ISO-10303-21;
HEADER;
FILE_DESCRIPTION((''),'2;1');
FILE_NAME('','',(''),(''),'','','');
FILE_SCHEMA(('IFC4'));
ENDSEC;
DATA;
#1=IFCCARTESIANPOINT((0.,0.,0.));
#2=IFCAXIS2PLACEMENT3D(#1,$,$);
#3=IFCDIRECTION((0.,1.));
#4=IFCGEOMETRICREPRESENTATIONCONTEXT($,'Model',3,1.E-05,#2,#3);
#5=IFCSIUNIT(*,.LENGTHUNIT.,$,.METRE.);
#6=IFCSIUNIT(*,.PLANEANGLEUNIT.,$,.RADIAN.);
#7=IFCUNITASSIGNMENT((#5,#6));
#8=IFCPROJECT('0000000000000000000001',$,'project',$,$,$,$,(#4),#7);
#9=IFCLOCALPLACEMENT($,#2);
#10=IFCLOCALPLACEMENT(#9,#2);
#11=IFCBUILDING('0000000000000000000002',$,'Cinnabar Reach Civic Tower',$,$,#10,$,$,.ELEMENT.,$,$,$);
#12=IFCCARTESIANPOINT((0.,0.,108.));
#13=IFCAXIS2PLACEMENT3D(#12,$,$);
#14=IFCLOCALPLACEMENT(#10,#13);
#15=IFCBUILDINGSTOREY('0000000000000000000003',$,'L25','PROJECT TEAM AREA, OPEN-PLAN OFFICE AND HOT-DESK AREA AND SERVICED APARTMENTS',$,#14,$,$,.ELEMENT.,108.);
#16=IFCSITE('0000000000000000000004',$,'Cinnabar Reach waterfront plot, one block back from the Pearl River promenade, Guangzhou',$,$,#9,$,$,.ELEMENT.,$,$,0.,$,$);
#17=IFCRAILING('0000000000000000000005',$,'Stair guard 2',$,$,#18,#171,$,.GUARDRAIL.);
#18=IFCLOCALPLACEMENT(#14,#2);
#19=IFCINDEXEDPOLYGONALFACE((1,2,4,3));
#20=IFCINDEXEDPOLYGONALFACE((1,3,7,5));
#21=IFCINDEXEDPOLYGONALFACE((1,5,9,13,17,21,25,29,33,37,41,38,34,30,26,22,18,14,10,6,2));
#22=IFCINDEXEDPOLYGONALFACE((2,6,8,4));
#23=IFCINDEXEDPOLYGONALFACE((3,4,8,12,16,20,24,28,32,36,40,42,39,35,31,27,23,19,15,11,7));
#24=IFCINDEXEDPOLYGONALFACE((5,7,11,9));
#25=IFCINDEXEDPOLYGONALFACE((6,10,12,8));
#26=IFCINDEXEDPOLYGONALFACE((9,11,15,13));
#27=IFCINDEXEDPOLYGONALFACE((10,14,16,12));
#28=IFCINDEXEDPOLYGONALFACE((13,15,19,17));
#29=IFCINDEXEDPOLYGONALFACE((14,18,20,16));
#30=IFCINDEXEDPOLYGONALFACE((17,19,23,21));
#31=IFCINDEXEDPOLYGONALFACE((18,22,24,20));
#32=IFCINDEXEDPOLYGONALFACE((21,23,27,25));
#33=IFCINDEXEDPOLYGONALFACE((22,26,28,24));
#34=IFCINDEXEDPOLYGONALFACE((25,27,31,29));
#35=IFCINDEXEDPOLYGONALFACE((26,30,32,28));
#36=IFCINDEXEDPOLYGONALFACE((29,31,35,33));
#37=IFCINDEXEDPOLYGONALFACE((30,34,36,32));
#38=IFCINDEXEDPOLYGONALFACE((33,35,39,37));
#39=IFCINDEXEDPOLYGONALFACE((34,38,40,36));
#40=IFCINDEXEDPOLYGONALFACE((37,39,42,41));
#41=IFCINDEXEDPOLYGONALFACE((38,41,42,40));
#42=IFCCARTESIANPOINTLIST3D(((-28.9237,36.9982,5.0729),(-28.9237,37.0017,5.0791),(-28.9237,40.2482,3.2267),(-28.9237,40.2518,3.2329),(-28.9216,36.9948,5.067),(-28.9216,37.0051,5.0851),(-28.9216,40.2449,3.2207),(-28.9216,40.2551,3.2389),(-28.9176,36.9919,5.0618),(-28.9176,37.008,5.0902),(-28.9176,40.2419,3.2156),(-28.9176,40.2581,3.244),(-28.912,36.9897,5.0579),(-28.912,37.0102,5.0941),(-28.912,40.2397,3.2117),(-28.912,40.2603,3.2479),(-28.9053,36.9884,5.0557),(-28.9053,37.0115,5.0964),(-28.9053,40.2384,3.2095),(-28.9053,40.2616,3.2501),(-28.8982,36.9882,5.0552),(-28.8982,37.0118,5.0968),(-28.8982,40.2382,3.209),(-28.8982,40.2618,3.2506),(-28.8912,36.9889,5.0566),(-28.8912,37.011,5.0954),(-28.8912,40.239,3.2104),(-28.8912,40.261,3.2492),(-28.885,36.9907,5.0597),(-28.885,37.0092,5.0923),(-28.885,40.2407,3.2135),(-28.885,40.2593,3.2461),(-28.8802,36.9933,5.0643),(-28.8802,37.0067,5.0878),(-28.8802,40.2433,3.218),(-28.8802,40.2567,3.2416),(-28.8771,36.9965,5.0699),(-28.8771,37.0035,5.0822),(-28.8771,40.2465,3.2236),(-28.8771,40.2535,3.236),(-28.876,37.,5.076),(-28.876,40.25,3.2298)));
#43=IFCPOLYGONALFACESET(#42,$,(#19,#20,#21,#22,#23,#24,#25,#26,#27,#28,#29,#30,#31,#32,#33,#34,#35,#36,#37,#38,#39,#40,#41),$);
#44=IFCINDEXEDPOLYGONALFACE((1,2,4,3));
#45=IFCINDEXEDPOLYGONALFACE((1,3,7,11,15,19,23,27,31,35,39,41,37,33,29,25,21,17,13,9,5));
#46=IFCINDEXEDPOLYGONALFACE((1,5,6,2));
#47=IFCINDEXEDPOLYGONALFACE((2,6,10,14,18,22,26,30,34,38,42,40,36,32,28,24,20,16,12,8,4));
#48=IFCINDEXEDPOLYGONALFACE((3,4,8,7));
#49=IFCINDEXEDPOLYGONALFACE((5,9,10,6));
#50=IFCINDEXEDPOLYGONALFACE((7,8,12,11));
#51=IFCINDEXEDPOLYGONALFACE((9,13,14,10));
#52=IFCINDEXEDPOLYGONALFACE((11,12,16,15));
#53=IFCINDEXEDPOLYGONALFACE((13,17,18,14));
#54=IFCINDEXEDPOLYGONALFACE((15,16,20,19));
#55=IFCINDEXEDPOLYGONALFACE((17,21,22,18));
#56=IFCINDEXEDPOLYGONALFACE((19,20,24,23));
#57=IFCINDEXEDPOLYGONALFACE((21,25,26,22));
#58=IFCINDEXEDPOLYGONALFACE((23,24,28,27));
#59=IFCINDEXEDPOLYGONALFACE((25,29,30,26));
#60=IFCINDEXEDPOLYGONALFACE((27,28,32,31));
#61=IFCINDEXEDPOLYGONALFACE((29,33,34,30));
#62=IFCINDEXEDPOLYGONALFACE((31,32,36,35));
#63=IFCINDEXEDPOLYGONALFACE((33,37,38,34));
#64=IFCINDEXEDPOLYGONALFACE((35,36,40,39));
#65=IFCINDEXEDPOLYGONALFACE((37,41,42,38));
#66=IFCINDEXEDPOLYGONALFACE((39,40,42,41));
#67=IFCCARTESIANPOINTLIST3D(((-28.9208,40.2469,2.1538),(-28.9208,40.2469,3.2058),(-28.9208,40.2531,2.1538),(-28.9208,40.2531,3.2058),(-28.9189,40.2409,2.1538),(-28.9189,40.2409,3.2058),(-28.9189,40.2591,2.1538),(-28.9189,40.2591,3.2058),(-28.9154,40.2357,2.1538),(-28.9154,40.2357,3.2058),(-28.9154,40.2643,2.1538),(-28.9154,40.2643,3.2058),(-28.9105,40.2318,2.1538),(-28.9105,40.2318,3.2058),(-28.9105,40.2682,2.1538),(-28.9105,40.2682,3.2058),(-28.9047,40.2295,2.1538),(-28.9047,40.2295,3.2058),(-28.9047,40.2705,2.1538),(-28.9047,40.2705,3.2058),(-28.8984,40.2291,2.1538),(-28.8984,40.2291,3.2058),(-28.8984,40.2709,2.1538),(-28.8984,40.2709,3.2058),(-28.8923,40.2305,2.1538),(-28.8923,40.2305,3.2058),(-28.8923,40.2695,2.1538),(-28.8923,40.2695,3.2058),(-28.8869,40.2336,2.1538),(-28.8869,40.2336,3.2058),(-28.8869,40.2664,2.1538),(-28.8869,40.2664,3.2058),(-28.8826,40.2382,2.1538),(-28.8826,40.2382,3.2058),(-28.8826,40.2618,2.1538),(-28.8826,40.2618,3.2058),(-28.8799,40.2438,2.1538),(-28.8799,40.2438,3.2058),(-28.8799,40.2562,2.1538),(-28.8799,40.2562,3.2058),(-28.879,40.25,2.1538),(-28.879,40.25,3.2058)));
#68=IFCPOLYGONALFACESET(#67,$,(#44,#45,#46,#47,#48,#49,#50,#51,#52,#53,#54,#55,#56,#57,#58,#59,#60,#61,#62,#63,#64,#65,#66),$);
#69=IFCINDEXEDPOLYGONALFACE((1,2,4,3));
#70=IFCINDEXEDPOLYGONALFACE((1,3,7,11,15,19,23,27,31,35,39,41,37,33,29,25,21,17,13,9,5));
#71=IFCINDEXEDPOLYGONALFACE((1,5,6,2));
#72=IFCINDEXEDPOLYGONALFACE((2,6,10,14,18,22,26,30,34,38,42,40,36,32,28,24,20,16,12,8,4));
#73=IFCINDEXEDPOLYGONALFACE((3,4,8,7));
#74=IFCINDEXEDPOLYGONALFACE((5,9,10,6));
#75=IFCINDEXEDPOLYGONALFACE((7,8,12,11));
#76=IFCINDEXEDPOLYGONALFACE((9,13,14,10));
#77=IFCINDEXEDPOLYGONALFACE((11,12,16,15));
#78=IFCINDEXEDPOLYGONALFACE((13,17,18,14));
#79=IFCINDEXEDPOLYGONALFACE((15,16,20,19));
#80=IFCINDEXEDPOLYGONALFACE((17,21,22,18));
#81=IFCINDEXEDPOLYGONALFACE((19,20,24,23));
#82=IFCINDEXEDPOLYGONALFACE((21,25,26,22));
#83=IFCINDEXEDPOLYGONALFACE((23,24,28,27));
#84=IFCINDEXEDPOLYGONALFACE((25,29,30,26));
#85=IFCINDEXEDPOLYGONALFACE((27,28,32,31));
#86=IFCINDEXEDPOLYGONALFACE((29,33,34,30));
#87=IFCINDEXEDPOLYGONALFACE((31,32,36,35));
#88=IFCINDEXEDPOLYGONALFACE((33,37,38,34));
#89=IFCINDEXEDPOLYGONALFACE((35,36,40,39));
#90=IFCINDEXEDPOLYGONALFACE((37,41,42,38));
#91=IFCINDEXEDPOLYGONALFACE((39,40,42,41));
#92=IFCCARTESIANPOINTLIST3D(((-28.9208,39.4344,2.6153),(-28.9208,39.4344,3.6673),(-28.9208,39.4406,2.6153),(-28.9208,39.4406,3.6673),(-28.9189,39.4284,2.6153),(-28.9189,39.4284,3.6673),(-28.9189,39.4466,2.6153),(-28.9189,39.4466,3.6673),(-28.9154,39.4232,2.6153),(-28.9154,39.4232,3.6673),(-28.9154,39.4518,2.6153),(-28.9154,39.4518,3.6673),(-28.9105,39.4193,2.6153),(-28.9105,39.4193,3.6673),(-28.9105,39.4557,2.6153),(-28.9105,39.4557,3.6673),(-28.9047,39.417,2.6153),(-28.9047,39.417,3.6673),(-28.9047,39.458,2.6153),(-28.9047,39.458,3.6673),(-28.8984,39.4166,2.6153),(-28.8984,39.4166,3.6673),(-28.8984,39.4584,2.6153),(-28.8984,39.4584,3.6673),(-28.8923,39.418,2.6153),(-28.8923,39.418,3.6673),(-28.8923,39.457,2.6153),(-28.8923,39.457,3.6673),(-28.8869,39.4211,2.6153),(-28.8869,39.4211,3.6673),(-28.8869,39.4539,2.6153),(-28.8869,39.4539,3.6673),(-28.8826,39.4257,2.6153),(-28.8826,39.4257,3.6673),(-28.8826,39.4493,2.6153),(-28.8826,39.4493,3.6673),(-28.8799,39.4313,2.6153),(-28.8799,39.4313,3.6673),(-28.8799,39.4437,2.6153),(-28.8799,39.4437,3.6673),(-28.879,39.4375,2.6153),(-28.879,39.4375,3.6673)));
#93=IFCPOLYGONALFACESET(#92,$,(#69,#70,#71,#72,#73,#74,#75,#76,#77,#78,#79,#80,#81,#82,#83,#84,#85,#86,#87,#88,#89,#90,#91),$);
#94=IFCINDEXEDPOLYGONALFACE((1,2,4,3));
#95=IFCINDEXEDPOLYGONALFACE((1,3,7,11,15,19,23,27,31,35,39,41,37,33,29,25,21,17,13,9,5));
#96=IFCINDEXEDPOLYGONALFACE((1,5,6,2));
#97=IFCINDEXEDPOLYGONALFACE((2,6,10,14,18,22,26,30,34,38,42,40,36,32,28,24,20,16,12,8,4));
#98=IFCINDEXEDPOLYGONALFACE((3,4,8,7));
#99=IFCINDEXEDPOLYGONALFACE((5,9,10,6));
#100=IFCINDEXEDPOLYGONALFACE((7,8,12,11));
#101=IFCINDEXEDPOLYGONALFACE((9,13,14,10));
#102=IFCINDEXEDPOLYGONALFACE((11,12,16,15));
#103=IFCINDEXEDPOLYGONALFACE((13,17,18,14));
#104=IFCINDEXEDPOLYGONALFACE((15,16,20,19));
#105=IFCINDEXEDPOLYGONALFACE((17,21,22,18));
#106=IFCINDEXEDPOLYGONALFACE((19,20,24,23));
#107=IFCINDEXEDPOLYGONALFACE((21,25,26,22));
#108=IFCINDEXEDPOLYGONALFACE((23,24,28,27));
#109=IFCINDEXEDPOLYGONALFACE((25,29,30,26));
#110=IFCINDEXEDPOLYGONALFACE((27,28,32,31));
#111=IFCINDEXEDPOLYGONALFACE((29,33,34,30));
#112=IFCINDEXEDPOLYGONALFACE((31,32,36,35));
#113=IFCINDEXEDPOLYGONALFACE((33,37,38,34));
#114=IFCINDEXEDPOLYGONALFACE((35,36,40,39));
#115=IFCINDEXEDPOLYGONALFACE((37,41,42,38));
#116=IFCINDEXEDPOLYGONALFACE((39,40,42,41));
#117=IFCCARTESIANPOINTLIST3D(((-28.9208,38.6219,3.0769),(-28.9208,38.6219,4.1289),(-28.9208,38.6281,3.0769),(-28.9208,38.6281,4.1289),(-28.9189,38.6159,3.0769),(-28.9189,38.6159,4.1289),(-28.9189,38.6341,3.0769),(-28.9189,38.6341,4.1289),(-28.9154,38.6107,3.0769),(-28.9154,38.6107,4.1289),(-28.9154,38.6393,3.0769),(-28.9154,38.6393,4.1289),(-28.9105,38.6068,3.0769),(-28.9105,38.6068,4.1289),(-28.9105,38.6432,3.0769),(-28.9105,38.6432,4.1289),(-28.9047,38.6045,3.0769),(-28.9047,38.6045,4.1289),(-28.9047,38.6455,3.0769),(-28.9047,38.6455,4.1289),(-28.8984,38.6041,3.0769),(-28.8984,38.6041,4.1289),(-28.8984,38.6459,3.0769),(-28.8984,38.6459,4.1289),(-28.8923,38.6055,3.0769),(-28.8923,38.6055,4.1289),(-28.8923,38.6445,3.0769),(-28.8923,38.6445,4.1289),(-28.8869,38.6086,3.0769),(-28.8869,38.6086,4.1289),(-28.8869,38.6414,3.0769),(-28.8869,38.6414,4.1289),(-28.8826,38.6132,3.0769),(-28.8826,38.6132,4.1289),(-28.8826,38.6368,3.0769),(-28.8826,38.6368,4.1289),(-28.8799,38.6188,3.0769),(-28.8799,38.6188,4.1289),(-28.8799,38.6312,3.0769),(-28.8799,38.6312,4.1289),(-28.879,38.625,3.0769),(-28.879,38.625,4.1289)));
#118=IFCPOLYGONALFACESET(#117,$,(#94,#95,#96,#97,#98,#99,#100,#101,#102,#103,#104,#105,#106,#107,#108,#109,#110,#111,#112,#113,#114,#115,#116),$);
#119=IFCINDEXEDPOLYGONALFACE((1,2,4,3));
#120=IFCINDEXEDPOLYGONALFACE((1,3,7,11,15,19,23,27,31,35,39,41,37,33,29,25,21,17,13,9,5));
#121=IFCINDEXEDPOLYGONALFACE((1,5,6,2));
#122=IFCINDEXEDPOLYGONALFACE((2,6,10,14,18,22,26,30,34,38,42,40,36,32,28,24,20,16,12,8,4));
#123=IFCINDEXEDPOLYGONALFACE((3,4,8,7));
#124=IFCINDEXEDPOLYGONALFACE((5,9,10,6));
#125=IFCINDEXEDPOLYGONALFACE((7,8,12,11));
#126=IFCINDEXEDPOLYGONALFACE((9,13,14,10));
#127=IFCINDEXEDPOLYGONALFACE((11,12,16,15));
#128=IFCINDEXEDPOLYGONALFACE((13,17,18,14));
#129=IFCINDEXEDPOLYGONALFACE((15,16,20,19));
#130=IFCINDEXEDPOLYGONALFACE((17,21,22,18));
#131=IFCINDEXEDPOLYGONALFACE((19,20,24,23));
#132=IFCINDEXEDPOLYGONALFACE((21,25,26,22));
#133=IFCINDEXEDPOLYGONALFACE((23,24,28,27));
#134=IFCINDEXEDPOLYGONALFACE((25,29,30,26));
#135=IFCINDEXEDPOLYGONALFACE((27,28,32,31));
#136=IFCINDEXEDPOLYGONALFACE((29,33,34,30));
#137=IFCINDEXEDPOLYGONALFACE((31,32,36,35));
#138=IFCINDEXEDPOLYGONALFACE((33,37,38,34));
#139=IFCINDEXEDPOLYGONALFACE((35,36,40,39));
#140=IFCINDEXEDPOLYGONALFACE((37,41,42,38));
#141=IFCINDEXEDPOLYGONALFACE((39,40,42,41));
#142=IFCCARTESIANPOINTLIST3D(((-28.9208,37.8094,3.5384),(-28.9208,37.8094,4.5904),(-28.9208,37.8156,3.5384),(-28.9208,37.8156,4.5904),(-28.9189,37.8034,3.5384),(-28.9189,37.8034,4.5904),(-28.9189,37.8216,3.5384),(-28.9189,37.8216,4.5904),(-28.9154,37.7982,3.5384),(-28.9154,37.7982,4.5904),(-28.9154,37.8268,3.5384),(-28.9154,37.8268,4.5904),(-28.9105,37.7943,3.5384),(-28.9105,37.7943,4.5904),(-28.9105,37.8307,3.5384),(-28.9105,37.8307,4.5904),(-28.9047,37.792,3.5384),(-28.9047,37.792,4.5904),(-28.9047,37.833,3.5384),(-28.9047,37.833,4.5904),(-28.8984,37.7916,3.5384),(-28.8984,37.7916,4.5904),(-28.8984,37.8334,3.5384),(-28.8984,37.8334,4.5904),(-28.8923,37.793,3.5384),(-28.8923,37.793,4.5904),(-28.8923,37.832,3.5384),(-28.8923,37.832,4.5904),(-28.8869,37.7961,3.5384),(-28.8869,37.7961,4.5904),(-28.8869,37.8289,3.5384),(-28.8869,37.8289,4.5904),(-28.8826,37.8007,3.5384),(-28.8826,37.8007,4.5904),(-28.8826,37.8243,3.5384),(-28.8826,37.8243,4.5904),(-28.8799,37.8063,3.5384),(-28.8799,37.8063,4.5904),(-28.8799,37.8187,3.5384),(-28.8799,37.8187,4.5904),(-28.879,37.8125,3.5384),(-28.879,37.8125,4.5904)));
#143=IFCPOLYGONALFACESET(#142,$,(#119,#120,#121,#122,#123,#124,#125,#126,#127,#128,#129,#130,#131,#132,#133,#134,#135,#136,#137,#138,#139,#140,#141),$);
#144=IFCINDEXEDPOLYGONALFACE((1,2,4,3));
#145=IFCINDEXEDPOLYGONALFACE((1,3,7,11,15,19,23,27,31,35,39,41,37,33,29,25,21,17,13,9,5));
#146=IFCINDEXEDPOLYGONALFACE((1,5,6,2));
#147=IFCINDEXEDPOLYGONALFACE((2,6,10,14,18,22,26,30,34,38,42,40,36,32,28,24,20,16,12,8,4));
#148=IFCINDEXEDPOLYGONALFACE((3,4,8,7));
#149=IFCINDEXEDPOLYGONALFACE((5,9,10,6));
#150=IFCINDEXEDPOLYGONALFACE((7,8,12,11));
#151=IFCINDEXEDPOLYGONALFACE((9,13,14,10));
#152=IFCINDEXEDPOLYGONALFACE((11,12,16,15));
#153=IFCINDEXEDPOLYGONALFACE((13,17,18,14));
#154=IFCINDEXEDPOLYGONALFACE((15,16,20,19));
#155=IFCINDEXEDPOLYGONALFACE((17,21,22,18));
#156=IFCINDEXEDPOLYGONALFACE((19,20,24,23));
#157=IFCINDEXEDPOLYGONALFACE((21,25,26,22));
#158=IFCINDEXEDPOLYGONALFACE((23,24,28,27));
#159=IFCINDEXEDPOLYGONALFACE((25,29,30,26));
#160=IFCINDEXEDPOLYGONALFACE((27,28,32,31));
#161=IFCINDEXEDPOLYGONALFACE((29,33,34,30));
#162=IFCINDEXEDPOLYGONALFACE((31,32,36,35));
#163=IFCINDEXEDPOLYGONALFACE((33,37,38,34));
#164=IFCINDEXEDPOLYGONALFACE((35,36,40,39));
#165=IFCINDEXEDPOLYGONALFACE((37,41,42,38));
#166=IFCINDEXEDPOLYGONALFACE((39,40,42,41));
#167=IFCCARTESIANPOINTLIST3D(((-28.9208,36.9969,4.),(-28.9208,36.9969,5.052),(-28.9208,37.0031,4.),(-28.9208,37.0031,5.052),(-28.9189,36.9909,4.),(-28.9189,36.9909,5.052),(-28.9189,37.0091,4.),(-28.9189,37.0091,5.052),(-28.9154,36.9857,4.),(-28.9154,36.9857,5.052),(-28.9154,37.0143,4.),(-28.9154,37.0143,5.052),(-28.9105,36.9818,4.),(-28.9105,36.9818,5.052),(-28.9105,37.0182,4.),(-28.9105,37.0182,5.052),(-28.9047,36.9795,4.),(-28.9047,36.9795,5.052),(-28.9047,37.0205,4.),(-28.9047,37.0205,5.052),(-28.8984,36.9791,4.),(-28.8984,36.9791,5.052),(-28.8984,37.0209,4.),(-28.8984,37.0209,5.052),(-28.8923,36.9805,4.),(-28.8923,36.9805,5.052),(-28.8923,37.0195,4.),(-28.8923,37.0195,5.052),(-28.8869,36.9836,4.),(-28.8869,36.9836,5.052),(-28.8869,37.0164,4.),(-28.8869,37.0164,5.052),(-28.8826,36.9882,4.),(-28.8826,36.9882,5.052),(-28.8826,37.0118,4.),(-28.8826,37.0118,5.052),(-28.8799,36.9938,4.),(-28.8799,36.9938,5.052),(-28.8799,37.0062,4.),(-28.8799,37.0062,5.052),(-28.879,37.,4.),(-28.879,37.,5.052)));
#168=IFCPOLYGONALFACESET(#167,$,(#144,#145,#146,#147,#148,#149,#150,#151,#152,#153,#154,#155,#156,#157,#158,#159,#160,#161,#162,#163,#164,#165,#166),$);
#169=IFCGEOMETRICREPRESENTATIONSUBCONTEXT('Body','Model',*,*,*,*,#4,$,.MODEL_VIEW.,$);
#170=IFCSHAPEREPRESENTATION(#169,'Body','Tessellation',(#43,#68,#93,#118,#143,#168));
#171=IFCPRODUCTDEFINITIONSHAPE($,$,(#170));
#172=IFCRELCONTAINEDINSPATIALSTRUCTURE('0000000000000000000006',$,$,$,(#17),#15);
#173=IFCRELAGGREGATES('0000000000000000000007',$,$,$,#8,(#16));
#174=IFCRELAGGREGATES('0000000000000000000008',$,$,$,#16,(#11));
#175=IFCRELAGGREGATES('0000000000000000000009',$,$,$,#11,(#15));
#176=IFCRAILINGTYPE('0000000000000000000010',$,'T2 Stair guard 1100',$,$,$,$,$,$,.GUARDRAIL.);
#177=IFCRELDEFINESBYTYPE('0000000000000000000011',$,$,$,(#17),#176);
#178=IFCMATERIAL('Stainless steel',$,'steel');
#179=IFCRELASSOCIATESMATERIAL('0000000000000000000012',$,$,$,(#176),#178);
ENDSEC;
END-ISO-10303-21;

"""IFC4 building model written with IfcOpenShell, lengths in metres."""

from ifc_helpers import new_model, si_unit, direction, frame, origin, origin_2d, place, context, subcontext, project, spatial, circle, extrude, material, type_object, element, save


model = new_model("IFC4")

# Units and contexts
model_context = context("Model", 3, precision=1e-05, world=origin(), true_north=direction((0.0, 1.0)))
body_context = subcontext(model_context, "Body", "Model", "MODEL_VIEW")
ifc_project = project(units=[si_unit("LENGTHUNIT", "METRE"), si_unit("PLANEANGLEUNIT", "RADIAN")], contexts=[model_context])

# Site, building, storey
site_placement = place(None, origin())
site = spatial("IfcSite", under=ifc_project, at=site_placement, Name="Cinnabar Reach waterfront plot, one block back from the Pearl River promenade, Guangzhou", CompositionType="ELEMENT", RefElevation=0.0)
building_placement = place(site_placement, origin())
building = spatial("IfcBuilding", under=site, at=building_placement, Name="Cinnabar Reach Civic Tower", CompositionType="ELEMENT")
storey_placement = place(building_placement, frame((0.0, 0.0, 108.0)))
storey = spatial("IfcBuildingStorey", under=building, at=storey_placement, Name="L25", Description="PROJECT TEAM AREA, OPEN-PLAN OFFICE AND HOT-DESK AREA AND SERVICED APARTMENTS", CompositionType="ELEMENT", Elevation=108.0)

# Railing
ifc_material_1 = material(Name="Stainless steel", Category="steel")
railing_type = type_object("IfcRailingType", Name="T2 Stair guard 1100", PredefinedType="GUARDRAIL", material=ifc_material_1)
railing_1_placement = place(storey_placement, frame((-28.9, 40.25, 2.1538)))
element("IfcRailing", 1, at=railing_1_placement, inside=storey, type_object=railing_type, Name="Stair guard 2", PredefinedType="GUARDRAIL", context=body_context, shape_type="SweptSolid", body=[
    extrude(circle(Radius=0.024, at=origin_2d()), frame((0.0, 0.0, 1.076), z_axis=(0.0, -0.869501, 0.49393), x_axis=(1.0, 0.0, 0.0)), (0.0, 0.0, 1.0), 3.7378),
    extrude(circle(Radius=0.021, at=origin_2d()), origin(), (0.0, 0.0, 1.0), 1.052),
    extrude(circle(Radius=0.021, at=origin_2d()), frame((0.0, -0.8125, 0.4615)), (0.0, 0.0, 1.0), 1.052),
    extrude(circle(Radius=0.021, at=origin_2d()), frame((0.0, -1.625, 0.9231)), (0.0, 0.0, 1.0), 1.052),
    extrude(circle(Radius=0.021, at=origin_2d()), frame((0.0, -2.4375, 1.3846)), (0.0, 0.0, 1.0), 1.052),
    extrude(circle(Radius=0.021, at=origin_2d()), frame((0.0, -3.25, 1.8462)), (0.0, 0.0, 1.0), 1.052),
])

save(model, "model.ifc")
